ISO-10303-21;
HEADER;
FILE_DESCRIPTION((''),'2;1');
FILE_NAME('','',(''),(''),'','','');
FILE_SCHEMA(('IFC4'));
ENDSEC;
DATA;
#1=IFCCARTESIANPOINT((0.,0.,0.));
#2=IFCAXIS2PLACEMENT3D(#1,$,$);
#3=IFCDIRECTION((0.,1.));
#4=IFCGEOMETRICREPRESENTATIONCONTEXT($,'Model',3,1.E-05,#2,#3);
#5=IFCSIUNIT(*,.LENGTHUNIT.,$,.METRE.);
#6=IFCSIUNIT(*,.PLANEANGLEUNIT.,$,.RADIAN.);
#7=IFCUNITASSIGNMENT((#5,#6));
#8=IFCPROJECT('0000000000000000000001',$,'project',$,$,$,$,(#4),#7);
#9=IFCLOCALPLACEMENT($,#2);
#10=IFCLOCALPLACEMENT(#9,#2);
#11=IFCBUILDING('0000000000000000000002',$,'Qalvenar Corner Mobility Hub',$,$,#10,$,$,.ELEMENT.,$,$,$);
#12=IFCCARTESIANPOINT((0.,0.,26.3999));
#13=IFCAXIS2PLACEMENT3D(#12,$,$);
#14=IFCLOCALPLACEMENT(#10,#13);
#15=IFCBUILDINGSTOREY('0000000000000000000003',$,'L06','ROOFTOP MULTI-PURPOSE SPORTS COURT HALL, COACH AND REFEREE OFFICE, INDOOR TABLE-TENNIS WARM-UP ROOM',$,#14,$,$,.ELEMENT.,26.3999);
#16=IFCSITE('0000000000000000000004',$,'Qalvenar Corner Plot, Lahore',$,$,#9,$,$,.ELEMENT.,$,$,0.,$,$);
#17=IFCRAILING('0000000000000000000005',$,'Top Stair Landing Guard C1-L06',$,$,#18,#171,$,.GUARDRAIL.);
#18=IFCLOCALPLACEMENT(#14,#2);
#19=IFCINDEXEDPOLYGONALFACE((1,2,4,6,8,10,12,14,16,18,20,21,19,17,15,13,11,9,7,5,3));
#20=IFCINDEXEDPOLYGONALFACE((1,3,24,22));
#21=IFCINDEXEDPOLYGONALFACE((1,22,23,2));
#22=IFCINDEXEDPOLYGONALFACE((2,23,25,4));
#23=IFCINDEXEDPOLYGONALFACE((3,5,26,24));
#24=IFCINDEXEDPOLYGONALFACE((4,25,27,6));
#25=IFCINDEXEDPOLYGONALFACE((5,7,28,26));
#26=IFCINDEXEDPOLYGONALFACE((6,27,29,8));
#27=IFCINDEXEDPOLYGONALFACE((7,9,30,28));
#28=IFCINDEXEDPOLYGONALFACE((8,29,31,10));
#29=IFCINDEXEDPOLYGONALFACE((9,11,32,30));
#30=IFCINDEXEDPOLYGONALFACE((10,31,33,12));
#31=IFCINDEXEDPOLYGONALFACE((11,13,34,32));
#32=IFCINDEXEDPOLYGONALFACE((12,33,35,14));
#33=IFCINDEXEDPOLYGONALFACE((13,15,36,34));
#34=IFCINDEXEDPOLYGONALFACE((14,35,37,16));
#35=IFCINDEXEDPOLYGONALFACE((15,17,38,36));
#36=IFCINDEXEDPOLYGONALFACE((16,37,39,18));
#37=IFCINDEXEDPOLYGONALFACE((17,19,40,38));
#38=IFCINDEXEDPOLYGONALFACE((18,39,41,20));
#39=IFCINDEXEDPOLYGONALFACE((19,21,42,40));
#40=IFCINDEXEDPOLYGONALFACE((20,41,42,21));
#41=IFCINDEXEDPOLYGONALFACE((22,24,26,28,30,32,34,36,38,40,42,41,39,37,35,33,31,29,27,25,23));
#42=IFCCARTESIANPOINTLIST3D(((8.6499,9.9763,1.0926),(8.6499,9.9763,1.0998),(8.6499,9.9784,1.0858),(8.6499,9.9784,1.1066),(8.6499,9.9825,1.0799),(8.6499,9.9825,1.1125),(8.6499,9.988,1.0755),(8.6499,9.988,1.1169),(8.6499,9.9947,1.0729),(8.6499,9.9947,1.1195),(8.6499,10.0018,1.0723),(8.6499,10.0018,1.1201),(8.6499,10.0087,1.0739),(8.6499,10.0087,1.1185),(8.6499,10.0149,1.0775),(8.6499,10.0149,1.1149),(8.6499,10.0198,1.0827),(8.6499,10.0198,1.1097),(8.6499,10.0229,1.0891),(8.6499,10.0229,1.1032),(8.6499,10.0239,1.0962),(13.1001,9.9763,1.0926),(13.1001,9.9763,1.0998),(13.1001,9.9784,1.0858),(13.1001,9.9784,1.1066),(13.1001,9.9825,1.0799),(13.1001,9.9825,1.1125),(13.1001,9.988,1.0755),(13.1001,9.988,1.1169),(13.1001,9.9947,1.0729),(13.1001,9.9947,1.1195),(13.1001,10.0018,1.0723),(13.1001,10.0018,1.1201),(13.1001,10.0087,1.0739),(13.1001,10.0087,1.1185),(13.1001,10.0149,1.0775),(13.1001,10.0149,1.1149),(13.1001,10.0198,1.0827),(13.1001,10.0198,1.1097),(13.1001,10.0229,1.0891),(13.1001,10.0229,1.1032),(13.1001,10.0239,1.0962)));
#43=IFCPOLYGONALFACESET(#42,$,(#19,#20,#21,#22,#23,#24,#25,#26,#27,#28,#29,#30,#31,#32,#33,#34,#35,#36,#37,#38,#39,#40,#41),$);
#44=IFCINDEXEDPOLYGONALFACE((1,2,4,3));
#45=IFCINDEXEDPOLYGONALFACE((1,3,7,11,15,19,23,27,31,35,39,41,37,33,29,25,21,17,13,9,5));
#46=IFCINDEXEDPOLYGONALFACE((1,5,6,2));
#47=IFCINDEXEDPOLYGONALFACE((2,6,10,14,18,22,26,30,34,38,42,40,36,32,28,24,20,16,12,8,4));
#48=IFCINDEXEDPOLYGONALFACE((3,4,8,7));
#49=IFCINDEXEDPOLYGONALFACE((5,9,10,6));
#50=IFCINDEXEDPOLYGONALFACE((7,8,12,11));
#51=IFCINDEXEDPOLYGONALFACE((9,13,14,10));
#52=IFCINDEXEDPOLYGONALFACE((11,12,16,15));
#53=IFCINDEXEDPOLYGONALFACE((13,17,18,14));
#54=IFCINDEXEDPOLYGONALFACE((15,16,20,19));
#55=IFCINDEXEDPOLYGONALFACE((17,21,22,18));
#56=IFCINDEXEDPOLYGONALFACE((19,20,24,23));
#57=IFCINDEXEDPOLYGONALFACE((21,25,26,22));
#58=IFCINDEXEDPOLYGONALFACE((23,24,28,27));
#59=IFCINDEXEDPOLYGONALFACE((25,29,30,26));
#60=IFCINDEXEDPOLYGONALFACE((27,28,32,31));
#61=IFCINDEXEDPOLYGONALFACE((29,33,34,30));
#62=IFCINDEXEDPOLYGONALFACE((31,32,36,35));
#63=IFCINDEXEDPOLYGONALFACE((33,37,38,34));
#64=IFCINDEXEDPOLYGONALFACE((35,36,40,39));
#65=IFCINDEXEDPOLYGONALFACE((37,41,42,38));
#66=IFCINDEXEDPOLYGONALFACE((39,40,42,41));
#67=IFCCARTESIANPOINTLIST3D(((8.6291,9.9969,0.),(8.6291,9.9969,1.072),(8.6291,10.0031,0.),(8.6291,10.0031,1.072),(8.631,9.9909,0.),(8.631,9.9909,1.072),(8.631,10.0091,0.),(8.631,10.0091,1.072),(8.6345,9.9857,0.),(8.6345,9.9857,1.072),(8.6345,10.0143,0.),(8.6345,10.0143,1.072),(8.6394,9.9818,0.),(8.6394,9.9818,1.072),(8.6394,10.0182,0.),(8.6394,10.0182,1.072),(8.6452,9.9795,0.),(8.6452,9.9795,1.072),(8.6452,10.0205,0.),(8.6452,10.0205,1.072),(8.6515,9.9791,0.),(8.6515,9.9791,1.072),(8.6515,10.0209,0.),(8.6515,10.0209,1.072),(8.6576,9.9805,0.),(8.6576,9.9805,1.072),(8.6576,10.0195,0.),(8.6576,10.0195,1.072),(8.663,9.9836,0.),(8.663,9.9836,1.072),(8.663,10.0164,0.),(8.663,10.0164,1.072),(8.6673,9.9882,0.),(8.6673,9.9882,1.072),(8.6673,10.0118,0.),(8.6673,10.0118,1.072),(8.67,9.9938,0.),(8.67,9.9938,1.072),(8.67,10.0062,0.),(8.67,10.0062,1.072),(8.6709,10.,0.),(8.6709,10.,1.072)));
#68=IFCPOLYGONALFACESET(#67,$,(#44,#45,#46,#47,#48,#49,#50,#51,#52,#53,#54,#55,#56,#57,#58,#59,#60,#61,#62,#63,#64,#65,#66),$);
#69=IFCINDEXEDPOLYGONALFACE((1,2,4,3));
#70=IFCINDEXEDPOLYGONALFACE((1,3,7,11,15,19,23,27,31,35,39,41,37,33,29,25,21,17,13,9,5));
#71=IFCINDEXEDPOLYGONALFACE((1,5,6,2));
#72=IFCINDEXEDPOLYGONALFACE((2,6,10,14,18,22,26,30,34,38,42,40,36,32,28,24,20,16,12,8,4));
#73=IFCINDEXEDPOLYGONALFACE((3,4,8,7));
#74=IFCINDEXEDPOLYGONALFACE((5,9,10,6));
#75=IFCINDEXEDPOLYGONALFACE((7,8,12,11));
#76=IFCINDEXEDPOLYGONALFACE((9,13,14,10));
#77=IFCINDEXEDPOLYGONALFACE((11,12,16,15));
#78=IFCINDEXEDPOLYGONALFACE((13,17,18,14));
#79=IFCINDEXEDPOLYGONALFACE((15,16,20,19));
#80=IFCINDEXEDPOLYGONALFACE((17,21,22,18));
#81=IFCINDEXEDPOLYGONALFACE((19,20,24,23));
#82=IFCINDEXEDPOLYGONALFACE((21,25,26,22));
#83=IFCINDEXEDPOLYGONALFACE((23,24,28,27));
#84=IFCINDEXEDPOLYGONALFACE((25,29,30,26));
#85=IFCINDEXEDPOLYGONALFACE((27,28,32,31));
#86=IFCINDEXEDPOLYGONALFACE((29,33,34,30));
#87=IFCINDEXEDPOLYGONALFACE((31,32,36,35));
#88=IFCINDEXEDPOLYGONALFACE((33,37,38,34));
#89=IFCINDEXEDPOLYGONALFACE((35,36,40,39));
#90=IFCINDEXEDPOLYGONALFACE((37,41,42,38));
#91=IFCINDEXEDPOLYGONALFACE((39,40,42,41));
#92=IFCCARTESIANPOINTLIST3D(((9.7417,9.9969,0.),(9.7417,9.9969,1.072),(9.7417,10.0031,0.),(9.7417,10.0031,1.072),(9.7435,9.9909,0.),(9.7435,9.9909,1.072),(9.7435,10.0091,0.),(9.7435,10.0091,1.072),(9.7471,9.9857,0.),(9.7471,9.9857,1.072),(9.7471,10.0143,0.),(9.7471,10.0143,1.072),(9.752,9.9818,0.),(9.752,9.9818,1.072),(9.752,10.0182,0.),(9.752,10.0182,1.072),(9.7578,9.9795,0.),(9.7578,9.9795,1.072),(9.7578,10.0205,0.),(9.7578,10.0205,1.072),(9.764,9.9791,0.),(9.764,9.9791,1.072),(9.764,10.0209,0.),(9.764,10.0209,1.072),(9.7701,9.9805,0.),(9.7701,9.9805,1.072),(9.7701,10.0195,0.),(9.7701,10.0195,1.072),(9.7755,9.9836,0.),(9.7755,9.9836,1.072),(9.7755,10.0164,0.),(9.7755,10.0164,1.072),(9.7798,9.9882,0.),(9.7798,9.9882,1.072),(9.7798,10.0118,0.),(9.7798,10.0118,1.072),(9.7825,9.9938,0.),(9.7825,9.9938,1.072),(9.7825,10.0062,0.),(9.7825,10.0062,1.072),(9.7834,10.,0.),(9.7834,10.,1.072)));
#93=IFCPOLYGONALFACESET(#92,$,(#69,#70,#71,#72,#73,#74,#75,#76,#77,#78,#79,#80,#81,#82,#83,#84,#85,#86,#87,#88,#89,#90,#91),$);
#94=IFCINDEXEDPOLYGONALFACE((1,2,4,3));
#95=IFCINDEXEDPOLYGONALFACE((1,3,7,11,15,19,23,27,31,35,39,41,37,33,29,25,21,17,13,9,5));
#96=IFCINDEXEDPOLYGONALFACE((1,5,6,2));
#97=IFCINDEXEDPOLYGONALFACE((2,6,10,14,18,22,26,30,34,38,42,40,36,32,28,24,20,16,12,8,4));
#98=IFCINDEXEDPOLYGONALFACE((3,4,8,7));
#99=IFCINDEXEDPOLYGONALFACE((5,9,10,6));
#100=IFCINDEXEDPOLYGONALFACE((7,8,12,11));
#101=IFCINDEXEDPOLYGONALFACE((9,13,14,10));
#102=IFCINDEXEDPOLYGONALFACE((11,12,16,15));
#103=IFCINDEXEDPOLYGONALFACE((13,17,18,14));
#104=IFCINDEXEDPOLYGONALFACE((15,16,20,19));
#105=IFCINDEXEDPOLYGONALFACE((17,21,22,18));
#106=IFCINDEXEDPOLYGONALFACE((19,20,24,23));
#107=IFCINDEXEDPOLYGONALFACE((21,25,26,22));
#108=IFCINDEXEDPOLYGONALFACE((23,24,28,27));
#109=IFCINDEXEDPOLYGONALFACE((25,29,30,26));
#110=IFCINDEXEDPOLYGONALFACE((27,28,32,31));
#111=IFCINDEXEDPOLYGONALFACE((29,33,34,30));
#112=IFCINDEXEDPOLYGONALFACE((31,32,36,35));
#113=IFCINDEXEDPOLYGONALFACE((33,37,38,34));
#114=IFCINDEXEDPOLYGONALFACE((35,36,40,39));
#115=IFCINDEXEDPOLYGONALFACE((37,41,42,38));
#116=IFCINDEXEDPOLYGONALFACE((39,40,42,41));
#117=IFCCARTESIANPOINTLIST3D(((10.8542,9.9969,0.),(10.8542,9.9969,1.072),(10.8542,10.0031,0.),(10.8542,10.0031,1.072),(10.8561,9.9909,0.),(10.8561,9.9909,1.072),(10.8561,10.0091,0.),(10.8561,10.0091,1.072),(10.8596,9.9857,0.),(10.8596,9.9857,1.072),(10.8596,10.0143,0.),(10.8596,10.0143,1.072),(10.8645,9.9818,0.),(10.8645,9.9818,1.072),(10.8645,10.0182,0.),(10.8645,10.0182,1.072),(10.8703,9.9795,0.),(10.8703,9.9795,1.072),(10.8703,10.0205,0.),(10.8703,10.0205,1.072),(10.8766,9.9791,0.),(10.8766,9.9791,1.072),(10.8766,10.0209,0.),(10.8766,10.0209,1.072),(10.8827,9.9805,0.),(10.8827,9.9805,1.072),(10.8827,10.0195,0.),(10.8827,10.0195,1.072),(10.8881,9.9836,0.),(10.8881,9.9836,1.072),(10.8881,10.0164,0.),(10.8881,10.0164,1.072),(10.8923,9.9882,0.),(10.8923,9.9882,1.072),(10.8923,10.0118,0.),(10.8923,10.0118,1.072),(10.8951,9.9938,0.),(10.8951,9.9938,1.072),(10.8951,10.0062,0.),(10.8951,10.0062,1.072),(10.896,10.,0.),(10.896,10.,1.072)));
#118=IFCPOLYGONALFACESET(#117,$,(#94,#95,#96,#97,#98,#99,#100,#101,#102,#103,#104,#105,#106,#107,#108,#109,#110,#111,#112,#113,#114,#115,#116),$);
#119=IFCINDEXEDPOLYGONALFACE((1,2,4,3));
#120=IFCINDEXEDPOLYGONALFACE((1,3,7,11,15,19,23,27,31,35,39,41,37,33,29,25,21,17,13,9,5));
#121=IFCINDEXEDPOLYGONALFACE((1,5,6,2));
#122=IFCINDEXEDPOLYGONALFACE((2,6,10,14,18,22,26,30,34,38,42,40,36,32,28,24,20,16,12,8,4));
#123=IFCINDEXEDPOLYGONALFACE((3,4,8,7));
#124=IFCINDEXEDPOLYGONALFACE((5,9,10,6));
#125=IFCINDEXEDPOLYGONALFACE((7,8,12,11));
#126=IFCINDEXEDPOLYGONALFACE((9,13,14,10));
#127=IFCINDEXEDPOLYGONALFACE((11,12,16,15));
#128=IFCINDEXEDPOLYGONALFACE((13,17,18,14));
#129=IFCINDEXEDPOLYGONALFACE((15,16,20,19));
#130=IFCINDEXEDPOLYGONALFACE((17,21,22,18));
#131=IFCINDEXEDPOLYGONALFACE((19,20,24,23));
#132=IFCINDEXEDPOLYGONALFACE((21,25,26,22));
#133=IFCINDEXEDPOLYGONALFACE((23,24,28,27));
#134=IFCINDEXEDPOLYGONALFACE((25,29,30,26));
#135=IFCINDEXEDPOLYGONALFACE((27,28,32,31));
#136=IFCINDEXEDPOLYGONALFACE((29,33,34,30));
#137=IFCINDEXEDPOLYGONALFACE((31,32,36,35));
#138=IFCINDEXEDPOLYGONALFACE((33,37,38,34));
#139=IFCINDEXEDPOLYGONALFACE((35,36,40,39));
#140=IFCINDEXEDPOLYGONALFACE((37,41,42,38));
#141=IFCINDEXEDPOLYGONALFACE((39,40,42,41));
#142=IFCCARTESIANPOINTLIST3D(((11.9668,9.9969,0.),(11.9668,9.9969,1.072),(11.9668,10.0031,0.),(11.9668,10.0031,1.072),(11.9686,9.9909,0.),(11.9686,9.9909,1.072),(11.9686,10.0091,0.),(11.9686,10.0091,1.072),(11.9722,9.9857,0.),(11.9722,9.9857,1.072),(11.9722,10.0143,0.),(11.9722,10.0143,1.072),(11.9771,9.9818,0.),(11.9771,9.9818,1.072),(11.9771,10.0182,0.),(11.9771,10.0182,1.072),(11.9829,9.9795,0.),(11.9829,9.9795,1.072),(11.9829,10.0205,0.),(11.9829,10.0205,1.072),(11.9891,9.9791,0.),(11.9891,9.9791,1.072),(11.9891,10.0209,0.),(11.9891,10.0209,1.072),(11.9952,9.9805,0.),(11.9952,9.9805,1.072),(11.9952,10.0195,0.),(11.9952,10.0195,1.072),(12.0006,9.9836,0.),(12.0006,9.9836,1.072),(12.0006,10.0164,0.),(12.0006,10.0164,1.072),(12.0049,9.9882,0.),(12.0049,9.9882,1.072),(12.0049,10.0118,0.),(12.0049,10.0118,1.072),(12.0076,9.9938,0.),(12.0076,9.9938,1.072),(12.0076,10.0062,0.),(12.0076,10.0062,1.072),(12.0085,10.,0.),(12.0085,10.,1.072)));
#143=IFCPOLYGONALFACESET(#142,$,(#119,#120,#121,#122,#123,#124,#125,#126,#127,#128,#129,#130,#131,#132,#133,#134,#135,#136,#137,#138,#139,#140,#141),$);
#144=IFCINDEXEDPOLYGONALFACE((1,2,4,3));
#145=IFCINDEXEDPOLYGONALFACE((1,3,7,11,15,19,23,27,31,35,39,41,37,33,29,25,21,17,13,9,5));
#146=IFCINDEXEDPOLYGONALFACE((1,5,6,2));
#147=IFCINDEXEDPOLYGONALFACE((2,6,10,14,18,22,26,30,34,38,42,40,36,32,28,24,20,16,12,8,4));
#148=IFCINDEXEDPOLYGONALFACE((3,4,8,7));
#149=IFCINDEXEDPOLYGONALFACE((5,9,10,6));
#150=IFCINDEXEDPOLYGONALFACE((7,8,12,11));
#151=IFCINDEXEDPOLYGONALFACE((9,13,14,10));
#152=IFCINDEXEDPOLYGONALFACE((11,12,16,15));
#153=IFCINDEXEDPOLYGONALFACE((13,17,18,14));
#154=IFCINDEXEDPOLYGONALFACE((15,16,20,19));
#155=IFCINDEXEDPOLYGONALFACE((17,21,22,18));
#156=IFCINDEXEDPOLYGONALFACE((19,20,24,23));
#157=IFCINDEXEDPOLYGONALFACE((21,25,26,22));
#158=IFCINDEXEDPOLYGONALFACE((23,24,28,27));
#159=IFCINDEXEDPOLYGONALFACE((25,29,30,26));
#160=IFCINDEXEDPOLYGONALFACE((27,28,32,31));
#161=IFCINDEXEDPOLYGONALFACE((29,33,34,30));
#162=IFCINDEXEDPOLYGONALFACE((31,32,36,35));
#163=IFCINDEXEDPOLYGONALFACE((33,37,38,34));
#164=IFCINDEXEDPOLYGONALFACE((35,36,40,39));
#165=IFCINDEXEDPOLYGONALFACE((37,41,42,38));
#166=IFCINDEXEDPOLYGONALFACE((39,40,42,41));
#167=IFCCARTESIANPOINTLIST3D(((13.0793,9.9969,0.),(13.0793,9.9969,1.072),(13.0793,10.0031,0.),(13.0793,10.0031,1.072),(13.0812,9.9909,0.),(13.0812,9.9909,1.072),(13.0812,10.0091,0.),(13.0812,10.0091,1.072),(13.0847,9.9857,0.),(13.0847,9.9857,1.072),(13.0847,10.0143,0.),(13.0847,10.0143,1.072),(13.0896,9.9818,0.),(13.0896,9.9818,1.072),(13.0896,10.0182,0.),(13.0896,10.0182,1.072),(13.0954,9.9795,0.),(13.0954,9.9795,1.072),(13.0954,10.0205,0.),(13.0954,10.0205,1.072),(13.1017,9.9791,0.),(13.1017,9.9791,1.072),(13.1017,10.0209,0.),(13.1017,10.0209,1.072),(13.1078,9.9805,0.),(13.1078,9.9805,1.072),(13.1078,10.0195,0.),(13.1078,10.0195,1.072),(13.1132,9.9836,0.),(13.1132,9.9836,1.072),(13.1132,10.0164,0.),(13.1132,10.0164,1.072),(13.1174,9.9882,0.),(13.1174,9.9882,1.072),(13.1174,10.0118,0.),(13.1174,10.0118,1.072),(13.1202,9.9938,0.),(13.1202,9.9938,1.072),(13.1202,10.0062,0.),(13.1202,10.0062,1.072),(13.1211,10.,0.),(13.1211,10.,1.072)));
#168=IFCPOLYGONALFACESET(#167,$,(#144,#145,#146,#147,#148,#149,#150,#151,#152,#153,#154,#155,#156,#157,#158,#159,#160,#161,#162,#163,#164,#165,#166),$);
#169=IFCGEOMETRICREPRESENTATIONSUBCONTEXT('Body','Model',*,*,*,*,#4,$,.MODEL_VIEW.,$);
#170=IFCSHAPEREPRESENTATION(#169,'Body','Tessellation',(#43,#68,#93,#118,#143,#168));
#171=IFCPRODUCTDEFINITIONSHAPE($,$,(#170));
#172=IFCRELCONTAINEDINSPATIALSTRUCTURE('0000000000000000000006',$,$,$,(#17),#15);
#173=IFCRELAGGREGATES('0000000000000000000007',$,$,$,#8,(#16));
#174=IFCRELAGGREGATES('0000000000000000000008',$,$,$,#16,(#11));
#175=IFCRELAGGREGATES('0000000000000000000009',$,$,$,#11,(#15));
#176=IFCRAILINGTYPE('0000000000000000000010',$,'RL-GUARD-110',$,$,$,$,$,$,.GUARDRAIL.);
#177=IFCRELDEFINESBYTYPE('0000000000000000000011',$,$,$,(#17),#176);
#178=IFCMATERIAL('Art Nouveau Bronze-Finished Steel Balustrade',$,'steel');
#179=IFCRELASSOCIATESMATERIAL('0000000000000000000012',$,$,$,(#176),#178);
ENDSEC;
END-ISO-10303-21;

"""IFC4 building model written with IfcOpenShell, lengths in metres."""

from ifc_helpers import new_model, si_unit, direction, frame, origin, origin_2d, place, context, subcontext, project, spatial, circle, extrude, material, type_object, element, save


model = new_model("IFC4")

# Units and contexts
model_context = context("Model", 3, precision=1e-05, world=origin(), true_north=direction((0.0, 1.0)))
body_context = subcontext(model_context, "Body", "Model", "MODEL_VIEW")
ifc_project = project(units=[si_unit("LENGTHUNIT", "METRE"), si_unit("PLANEANGLEUNIT", "RADIAN")], contexts=[model_context])

# Site, building, storey
site_placement = place(None, origin())
site = spatial("IfcSite", under=ifc_project, at=site_placement, Name="Qalvenar Corner Plot, Lahore", CompositionType="ELEMENT", RefElevation=0.0)
building_placement = place(site_placement, origin())
building = spatial("IfcBuilding", under=site, at=building_placement, Name="Qalvenar Corner Mobility Hub", CompositionType="ELEMENT")
storey_placement = place(building_placement, frame((0.0, 0.0, 26.3999)))
storey = spatial("IfcBuildingStorey", under=building, at=storey_placement, Name="L06", Description="ROOFTOP MULTI-PURPOSE SPORTS COURT HALL, COACH AND REFEREE OFFICE, INDOOR TABLE-TENNIS WARM-UP ROOM", CompositionType="ELEMENT", Elevation=26.3999)

# Railing
ifc_material_1 = material(Name="Art Nouveau Bronze-Finished Steel Balustrade", Category="steel")
railing_type = type_object("IfcRailingType", Name="RL-GUARD-110", PredefinedType="GUARDRAIL", material=ifc_material_1)
railing_placement = place(storey_placement, frame((8.6499, 10.0, 0.0)))
element("IfcRailing", 1, at=railing_placement, inside=storey, type_object=railing_type, Name="Top Stair Landing Guard C1-L06", PredefinedType="GUARDRAIL", context=body_context, shape_type="SweptSolid", body=[
    extrude(circle(Radius=0.0239, at=origin_2d()), frame((0.0, 0.0, 1.0962), z_axis=(1.0, 0.0, 0.0), x_axis=(0.0, 1.0, 0.0)), (0.0, 0.0, 1.0), 4.4502),
    extrude(circle(Radius=0.021, at=origin_2d()), origin(), (0.0, 0.0, 1.0), 1.072),
    extrude(circle(Radius=0.021, at=origin_2d()), frame((1.1125, 0.0, 0.0)), (0.0, 0.0, 1.0), 1.072),
    extrude(circle(Radius=0.021, at=origin_2d()), frame((2.2251, 0.0, 0.0)), (0.0, 0.0, 1.0), 1.072),
    extrude(circle(Radius=0.021, at=origin_2d()), frame((3.3376, 0.0, 0.0)), (0.0, 0.0, 1.0), 1.072),
    extrude(circle(Radius=0.021, at=origin_2d()), frame((4.4502, 0.0, 0.0)), (0.0, 0.0, 1.0), 1.072),
])

save(model, "model.ifc")
